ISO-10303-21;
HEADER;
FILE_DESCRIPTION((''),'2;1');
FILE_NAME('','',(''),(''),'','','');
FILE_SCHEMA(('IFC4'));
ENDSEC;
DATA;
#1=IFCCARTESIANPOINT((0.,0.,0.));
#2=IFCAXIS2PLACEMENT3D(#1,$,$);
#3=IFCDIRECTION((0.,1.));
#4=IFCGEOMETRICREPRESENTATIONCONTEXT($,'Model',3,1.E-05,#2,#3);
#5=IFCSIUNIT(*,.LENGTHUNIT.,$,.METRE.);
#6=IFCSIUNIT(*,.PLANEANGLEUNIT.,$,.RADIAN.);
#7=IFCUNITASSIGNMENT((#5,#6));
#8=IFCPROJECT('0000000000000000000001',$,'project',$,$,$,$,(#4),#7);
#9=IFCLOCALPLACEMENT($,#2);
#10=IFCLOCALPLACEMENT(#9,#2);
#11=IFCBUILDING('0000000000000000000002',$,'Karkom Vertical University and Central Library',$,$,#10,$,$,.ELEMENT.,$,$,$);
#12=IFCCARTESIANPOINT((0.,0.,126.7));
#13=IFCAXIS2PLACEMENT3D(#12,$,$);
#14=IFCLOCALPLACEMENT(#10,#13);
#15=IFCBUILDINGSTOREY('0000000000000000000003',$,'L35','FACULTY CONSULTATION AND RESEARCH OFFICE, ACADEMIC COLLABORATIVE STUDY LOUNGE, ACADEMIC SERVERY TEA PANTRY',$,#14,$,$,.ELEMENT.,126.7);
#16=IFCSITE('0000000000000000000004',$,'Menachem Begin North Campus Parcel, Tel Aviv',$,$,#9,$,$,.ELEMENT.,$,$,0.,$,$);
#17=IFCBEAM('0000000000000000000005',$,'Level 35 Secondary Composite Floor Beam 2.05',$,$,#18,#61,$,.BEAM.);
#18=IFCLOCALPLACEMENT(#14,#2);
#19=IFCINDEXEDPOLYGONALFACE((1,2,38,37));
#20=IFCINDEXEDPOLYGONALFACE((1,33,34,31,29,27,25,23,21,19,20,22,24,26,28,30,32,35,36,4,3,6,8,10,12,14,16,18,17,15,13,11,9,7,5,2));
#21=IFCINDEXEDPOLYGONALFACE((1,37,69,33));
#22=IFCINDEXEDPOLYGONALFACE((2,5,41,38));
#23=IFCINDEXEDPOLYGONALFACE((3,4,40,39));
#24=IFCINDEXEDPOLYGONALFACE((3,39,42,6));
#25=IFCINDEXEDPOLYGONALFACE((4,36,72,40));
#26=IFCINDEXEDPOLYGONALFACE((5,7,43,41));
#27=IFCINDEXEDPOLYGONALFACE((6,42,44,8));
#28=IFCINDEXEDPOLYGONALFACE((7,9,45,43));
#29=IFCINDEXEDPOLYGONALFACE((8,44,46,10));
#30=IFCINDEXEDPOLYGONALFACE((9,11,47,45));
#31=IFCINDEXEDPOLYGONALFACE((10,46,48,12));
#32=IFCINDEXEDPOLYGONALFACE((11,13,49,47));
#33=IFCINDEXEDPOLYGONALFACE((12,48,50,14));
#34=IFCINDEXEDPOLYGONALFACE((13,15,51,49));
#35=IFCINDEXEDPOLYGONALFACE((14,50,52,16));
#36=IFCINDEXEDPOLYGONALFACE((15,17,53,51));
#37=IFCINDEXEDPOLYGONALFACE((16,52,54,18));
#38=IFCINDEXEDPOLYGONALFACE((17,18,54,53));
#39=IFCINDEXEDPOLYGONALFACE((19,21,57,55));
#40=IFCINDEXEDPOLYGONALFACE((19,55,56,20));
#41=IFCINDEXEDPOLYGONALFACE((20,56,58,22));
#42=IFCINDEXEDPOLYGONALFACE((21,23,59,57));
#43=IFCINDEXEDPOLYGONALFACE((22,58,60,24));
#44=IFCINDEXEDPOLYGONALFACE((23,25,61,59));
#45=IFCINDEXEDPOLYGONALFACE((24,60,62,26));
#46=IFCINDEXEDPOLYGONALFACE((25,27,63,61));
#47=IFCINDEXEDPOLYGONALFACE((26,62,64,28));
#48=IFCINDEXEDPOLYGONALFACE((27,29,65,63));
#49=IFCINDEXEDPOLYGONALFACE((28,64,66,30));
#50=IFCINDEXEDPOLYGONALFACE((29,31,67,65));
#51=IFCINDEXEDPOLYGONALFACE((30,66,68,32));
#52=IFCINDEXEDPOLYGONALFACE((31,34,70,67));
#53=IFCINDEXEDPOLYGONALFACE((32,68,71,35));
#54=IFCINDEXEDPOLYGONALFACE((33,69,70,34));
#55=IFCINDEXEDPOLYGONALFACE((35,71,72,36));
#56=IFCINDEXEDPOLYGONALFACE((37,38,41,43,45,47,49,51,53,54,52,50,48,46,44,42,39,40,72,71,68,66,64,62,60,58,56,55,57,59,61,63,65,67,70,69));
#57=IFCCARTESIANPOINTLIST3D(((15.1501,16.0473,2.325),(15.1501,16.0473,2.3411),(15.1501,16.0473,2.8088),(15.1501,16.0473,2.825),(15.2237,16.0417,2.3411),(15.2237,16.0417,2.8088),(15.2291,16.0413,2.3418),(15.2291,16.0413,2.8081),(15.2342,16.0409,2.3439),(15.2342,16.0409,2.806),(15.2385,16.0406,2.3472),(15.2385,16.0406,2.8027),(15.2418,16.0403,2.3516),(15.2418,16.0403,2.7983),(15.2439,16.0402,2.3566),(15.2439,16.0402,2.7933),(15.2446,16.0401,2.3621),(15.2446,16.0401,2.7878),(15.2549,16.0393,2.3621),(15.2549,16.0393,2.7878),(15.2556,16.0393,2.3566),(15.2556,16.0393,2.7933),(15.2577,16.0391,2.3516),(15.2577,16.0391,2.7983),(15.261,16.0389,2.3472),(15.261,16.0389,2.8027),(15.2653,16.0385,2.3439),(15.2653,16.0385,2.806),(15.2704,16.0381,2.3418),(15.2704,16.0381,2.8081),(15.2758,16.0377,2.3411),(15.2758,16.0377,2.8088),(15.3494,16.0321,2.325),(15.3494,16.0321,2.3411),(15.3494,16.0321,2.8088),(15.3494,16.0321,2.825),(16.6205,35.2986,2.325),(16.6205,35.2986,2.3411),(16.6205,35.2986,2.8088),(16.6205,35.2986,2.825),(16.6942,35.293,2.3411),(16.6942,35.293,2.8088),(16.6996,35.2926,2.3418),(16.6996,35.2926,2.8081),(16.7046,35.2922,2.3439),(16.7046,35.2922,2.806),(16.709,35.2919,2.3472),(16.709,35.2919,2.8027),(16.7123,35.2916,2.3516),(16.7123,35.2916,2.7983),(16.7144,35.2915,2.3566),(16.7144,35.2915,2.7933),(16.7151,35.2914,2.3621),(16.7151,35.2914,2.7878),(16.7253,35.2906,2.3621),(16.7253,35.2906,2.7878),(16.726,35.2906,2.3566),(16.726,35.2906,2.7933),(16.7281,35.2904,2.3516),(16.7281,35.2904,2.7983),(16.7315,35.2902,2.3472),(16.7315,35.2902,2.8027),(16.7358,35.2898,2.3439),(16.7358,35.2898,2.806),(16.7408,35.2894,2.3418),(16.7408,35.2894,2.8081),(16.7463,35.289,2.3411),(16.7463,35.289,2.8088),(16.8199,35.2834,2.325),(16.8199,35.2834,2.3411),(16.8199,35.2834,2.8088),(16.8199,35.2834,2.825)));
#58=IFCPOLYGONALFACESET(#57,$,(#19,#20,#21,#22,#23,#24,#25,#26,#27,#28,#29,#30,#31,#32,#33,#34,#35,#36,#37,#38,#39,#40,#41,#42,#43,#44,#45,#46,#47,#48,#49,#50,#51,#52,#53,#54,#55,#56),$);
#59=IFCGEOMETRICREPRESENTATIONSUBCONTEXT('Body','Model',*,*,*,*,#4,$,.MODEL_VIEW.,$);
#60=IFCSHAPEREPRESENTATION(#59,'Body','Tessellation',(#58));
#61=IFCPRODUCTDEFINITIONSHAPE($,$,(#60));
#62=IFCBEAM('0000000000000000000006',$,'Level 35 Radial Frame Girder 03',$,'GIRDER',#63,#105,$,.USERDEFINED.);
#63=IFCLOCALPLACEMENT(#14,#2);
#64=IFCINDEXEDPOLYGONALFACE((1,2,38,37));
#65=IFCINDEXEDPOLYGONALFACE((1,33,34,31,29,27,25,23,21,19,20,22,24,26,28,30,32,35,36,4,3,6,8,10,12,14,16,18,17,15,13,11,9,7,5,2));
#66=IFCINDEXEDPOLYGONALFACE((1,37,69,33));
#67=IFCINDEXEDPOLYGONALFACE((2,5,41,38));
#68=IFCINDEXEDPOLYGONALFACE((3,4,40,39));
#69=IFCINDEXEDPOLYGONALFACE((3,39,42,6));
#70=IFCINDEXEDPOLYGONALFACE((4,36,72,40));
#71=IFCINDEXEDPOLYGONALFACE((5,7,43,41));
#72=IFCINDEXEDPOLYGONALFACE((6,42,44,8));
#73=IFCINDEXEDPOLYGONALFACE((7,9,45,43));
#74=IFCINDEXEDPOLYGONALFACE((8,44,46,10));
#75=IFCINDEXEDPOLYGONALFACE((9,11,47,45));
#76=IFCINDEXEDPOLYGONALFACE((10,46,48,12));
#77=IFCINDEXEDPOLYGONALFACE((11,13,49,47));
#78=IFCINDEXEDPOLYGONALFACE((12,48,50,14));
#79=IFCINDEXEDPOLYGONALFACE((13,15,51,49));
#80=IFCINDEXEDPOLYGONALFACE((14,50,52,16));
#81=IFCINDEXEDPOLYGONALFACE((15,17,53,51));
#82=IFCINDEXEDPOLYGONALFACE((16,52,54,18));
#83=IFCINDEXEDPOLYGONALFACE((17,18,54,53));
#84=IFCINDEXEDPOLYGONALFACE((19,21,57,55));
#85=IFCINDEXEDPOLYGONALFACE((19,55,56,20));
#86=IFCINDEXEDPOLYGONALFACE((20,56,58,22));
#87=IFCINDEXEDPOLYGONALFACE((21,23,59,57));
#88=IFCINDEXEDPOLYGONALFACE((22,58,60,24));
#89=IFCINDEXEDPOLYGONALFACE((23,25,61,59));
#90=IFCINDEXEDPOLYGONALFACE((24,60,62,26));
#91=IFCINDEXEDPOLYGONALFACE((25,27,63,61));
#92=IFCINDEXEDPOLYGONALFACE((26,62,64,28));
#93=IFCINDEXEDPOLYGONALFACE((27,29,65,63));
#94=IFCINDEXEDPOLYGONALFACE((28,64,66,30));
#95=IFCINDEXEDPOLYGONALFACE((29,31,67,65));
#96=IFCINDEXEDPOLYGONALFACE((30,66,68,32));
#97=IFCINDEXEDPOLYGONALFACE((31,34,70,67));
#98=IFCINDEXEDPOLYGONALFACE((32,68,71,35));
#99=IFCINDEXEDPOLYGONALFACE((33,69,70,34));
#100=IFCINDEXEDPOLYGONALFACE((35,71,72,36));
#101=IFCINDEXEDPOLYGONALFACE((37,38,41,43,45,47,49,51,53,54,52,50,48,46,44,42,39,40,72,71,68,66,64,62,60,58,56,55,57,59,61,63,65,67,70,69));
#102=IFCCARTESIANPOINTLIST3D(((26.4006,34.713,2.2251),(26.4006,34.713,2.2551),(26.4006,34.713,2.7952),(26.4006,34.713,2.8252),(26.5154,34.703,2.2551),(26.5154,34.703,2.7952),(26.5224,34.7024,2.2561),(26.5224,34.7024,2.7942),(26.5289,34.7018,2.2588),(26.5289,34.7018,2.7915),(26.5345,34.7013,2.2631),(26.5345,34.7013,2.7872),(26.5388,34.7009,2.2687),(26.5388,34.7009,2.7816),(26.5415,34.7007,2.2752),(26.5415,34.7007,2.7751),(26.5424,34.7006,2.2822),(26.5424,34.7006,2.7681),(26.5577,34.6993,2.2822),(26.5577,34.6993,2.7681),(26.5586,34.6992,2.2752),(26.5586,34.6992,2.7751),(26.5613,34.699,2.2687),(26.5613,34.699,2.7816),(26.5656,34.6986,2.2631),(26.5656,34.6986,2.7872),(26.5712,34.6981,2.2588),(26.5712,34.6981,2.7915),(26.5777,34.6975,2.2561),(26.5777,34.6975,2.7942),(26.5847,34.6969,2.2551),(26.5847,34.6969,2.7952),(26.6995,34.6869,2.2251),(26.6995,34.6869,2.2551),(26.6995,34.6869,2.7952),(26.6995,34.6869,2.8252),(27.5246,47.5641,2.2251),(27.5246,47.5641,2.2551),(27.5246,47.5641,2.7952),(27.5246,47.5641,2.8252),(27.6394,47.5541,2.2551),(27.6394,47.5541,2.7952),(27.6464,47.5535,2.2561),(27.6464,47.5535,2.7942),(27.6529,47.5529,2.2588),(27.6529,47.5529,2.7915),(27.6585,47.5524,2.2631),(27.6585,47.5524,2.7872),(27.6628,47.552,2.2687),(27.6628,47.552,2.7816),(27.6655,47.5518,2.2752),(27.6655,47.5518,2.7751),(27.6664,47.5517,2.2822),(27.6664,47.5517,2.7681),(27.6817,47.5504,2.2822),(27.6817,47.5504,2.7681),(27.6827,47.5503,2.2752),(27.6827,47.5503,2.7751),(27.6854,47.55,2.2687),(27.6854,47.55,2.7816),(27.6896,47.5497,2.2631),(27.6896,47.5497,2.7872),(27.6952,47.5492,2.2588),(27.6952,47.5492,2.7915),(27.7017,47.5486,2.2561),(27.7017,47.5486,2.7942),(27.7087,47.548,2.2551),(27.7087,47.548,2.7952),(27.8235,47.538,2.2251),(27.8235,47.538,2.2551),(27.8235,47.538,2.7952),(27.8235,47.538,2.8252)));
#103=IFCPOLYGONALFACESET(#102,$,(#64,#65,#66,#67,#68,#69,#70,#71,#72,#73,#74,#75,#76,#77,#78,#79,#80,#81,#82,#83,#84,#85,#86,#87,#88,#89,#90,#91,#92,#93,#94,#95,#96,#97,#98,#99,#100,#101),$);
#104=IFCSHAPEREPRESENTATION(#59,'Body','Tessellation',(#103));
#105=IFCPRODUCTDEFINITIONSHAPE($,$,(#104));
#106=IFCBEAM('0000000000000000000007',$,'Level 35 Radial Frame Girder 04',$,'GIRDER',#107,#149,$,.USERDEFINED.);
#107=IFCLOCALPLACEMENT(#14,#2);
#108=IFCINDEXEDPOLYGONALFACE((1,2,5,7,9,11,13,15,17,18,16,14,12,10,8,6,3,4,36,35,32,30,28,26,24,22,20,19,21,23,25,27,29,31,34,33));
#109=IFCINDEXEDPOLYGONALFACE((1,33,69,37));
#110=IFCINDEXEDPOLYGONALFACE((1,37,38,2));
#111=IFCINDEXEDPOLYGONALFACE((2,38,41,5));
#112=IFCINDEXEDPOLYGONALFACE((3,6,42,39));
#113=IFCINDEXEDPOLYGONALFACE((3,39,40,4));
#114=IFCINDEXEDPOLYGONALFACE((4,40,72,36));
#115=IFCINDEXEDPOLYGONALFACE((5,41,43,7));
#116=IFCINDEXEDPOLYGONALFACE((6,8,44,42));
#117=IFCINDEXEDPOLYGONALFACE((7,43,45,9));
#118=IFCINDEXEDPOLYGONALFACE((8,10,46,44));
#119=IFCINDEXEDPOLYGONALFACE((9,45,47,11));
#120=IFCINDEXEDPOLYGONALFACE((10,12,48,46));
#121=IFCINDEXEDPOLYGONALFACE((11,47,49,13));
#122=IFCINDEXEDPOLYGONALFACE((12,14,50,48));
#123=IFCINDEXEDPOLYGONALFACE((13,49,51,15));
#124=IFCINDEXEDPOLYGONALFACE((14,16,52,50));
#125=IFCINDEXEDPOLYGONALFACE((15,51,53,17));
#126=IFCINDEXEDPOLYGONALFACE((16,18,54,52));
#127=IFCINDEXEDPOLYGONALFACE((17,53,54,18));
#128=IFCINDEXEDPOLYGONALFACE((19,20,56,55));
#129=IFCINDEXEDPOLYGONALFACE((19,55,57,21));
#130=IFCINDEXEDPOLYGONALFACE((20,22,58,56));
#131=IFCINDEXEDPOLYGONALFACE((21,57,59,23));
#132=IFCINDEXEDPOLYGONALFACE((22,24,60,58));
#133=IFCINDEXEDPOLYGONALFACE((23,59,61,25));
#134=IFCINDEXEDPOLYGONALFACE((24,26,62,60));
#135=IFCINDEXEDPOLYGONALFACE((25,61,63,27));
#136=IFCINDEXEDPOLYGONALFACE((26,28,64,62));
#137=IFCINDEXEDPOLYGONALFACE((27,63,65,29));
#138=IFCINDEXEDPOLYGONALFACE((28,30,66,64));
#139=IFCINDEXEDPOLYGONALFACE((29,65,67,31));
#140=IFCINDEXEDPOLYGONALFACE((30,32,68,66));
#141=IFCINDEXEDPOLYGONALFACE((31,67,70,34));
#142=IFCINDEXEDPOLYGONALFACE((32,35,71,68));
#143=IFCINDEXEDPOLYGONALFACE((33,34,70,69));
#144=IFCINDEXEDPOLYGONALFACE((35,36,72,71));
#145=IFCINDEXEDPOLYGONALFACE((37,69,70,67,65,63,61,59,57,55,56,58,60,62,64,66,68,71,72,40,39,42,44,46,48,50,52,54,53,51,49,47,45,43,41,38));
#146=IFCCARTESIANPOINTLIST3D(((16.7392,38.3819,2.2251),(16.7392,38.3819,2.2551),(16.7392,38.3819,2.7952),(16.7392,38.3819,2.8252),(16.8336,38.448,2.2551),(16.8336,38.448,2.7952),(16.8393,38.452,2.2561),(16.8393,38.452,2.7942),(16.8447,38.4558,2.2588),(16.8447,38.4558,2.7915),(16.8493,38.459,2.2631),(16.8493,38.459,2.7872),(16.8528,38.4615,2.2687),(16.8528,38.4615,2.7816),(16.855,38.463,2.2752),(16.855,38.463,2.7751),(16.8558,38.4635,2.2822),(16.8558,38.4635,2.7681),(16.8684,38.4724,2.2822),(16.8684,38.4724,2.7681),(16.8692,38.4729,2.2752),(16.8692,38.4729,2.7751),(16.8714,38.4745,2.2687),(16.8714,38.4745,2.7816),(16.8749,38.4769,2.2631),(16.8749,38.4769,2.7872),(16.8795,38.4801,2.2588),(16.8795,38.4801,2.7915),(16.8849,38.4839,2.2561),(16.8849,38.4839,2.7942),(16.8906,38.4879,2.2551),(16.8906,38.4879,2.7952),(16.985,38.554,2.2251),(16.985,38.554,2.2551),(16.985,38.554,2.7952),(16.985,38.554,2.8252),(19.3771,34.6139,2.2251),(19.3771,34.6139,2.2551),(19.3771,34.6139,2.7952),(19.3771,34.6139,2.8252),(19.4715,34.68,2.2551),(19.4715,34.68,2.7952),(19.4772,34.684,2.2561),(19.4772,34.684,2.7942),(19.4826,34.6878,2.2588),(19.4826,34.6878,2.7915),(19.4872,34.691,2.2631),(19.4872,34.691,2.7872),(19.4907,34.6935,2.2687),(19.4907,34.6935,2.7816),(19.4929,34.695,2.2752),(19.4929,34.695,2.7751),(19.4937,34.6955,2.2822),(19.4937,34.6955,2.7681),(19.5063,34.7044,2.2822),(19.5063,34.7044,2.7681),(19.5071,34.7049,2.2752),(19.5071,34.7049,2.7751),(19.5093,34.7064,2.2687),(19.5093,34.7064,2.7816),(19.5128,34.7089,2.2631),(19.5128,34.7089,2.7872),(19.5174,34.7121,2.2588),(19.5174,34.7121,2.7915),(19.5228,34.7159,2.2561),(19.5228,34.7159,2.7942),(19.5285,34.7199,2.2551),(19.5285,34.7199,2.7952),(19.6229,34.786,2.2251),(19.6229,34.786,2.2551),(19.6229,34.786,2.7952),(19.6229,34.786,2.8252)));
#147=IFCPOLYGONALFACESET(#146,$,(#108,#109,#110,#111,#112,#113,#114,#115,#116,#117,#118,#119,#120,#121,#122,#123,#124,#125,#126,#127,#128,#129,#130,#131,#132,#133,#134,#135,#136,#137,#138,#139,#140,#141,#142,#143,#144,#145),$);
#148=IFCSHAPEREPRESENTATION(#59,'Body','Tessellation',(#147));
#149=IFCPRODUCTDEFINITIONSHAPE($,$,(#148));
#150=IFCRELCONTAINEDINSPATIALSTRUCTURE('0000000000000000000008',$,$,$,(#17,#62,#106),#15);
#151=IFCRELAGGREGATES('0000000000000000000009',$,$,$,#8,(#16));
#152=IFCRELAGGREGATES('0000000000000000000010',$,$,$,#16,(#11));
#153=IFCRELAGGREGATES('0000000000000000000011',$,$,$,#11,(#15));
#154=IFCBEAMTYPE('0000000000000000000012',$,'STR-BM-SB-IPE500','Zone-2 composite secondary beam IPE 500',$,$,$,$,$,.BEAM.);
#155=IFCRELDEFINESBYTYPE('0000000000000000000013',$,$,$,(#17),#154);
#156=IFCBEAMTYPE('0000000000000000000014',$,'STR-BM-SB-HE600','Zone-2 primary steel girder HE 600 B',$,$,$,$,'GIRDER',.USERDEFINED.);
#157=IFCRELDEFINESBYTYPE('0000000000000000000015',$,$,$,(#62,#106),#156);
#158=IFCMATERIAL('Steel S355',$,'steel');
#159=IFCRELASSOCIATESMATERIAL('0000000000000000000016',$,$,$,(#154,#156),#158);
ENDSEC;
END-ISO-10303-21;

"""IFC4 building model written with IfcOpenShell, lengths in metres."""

from ifc_helpers import new_model, si_unit, direction, frame, origin, origin_with_axes, origin_2d, place, context, subcontext, project, spatial, i_section, extrude, source, transform, mapped, material, material_profile, profile_set, type_object, element, save


model = new_model("IFC4")

# Units and contexts
model_context = context("Model", 3, precision=1e-05, world=origin(), true_north=direction((0.0, 1.0)))
body_context = subcontext(model_context, "Body", "Model", "MODEL_VIEW")
ifc_project = project(units=[si_unit("LENGTHUNIT", "METRE"), si_unit("PLANEANGLEUNIT", "RADIAN")], contexts=[model_context])

# Site, building, storey
site_placement = place(None, origin())
site = spatial("IfcSite", under=ifc_project, at=site_placement, Name="Menachem Begin North Campus Parcel, Tel Aviv", CompositionType="ELEMENT", RefElevation=0.0)
building_placement = place(site_placement, origin())
building = spatial("IfcBuilding", under=site, at=building_placement, Name="Karkom Vertical University and Central Library", CompositionType="ELEMENT")
storey_placement = place(building_placement, frame((0.0, 0.0, 126.7)))
storey = spatial("IfcBuildingStorey", under=building, at=storey_placement, Name="L35", Description="FACULTY CONSULTATION AND RESEARCH OFFICE, ACADEMIC COLLABORATIVE STUDY LOUNGE, ACADEMIC SERVERY TEA PANTRY", CompositionType="ELEMENT", Elevation=126.7)

# Beams
ifc_material_1 = material(Name="Steel S355", Category="steel")
ifc_material_profile_1 = material_profile(ifc_material_1, i_section(OverallWidth=0.2, OverallDepth=0.5, WebThickness=0.0103, FlangeThickness=0.0161, FilletRadius=0.021, at=origin_2d()), Name="IPE 500")
ifc_profile_set_1 = profile_set([ifc_material_profile_1], Name="Steel S355")
beam_type_1 = type_object("IfcBeamType", Name="STR-BM-SB-IPE500", Description="Zone-2 composite secondary beam IPE 500", PredefinedType="BEAM", material=ifc_profile_set_1)
shared_shape_1 = source(origin_with_axes(), body_context, "Body", "SweptSolid", [
    extrude(i_section(OverallWidth=0.2, OverallDepth=0.5, WebThickness=0.0103, FlangeThickness=0.0161, FilletRadius=0.021, at=origin_2d()), origin(), (0.0, 0.0, 1.0), 19.3074),
])
beam_1_placement = place(storey_placement, frame((16.7202, 35.291, 2.575), z_axis=(-0.076161, -0.997096, 0.0), x_axis=(0.997096, -0.076161, 0.0)))
element("IfcBeam", 1, at=beam_1_placement, inside=storey, type_object=beam_type_1, Name="Level 35 Secondary Composite Floor Beam 2.05", PredefinedType="BEAM", context=body_context, shape_type="MappedRepresentation", body=[
    mapped(shared_shape_1, transform((0.0, 0.0, 0.0), scale=1.0)),
])
ifc_material_profile_2 = material_profile(ifc_material_1, i_section(OverallWidth=0.3, OverallDepth=0.6001, WebThickness=0.0154, FlangeThickness=0.03, FilletRadius=0.0271, at=origin_2d()), Name="HE 600 B")
ifc_profile_set_2 = profile_set([ifc_material_profile_2], Name="Steel S355")
beam_type_2 = type_object("IfcBeamType", Name="STR-BM-SB-HE600", Description="Zone-2 primary steel girder HE 600 B", ElementType="GIRDER", PredefinedType="USERDEFINED", material=ifc_profile_set_2)
shared_shape_2 = source(origin_with_axes(), body_context, "Body", "SweptSolid", [
    extrude(i_section(OverallWidth=0.3, OverallDepth=0.6001, WebThickness=0.0154, FlangeThickness=0.03, FilletRadius=0.0271, at=origin_2d()), origin(), (0.0, 0.0, 1.0), 12.9001),
])
beam_2_placement = place(storey_placement, frame((26.55, 34.7, 2.5251), z_axis=(0.087133, 0.996197, 0.0), x_axis=(-0.996197, 0.087133, 0.0)))
element("IfcBeam", 2, at=beam_2_placement, inside=storey, type_object=beam_type_2, Name="Level 35 Radial Frame Girder 03", ObjectType="GIRDER", PredefinedType="USERDEFINED", context=body_context, shape_type="MappedRepresentation", body=[
    mapped(shared_shape_2, transform((0.0, 0.0, 0.0), scale=1.0)),
])
shared_shape_3 = source(origin_with_axes(), body_context, "Body", "SweptSolid", [
    extrude(i_section(OverallWidth=0.3, OverallDepth=0.6001, WebThickness=0.0154, FlangeThickness=0.03, FilletRadius=0.0271, at=origin_2d()), origin(), (0.0, 0.0, 1.0), 4.5996),
])
beam_3_placement = place(storey_placement, frame((19.5, 34.7, 2.5251), z_axis=(-0.573505, 0.819202, 0.0), x_axis=(-0.819202, -0.573505, 0.0)))
element("IfcBeam", 3, at=beam_3_placement, inside=storey, type_object=beam_type_2, Name="Level 35 Radial Frame Girder 04", ObjectType="GIRDER", PredefinedType="USERDEFINED", context=body_context, shape_type="MappedRepresentation", body=[
    mapped(shared_shape_3, transform((0.0, 0.0, 0.0), scale=1.0)),
])

save(model, "model.ifc")
